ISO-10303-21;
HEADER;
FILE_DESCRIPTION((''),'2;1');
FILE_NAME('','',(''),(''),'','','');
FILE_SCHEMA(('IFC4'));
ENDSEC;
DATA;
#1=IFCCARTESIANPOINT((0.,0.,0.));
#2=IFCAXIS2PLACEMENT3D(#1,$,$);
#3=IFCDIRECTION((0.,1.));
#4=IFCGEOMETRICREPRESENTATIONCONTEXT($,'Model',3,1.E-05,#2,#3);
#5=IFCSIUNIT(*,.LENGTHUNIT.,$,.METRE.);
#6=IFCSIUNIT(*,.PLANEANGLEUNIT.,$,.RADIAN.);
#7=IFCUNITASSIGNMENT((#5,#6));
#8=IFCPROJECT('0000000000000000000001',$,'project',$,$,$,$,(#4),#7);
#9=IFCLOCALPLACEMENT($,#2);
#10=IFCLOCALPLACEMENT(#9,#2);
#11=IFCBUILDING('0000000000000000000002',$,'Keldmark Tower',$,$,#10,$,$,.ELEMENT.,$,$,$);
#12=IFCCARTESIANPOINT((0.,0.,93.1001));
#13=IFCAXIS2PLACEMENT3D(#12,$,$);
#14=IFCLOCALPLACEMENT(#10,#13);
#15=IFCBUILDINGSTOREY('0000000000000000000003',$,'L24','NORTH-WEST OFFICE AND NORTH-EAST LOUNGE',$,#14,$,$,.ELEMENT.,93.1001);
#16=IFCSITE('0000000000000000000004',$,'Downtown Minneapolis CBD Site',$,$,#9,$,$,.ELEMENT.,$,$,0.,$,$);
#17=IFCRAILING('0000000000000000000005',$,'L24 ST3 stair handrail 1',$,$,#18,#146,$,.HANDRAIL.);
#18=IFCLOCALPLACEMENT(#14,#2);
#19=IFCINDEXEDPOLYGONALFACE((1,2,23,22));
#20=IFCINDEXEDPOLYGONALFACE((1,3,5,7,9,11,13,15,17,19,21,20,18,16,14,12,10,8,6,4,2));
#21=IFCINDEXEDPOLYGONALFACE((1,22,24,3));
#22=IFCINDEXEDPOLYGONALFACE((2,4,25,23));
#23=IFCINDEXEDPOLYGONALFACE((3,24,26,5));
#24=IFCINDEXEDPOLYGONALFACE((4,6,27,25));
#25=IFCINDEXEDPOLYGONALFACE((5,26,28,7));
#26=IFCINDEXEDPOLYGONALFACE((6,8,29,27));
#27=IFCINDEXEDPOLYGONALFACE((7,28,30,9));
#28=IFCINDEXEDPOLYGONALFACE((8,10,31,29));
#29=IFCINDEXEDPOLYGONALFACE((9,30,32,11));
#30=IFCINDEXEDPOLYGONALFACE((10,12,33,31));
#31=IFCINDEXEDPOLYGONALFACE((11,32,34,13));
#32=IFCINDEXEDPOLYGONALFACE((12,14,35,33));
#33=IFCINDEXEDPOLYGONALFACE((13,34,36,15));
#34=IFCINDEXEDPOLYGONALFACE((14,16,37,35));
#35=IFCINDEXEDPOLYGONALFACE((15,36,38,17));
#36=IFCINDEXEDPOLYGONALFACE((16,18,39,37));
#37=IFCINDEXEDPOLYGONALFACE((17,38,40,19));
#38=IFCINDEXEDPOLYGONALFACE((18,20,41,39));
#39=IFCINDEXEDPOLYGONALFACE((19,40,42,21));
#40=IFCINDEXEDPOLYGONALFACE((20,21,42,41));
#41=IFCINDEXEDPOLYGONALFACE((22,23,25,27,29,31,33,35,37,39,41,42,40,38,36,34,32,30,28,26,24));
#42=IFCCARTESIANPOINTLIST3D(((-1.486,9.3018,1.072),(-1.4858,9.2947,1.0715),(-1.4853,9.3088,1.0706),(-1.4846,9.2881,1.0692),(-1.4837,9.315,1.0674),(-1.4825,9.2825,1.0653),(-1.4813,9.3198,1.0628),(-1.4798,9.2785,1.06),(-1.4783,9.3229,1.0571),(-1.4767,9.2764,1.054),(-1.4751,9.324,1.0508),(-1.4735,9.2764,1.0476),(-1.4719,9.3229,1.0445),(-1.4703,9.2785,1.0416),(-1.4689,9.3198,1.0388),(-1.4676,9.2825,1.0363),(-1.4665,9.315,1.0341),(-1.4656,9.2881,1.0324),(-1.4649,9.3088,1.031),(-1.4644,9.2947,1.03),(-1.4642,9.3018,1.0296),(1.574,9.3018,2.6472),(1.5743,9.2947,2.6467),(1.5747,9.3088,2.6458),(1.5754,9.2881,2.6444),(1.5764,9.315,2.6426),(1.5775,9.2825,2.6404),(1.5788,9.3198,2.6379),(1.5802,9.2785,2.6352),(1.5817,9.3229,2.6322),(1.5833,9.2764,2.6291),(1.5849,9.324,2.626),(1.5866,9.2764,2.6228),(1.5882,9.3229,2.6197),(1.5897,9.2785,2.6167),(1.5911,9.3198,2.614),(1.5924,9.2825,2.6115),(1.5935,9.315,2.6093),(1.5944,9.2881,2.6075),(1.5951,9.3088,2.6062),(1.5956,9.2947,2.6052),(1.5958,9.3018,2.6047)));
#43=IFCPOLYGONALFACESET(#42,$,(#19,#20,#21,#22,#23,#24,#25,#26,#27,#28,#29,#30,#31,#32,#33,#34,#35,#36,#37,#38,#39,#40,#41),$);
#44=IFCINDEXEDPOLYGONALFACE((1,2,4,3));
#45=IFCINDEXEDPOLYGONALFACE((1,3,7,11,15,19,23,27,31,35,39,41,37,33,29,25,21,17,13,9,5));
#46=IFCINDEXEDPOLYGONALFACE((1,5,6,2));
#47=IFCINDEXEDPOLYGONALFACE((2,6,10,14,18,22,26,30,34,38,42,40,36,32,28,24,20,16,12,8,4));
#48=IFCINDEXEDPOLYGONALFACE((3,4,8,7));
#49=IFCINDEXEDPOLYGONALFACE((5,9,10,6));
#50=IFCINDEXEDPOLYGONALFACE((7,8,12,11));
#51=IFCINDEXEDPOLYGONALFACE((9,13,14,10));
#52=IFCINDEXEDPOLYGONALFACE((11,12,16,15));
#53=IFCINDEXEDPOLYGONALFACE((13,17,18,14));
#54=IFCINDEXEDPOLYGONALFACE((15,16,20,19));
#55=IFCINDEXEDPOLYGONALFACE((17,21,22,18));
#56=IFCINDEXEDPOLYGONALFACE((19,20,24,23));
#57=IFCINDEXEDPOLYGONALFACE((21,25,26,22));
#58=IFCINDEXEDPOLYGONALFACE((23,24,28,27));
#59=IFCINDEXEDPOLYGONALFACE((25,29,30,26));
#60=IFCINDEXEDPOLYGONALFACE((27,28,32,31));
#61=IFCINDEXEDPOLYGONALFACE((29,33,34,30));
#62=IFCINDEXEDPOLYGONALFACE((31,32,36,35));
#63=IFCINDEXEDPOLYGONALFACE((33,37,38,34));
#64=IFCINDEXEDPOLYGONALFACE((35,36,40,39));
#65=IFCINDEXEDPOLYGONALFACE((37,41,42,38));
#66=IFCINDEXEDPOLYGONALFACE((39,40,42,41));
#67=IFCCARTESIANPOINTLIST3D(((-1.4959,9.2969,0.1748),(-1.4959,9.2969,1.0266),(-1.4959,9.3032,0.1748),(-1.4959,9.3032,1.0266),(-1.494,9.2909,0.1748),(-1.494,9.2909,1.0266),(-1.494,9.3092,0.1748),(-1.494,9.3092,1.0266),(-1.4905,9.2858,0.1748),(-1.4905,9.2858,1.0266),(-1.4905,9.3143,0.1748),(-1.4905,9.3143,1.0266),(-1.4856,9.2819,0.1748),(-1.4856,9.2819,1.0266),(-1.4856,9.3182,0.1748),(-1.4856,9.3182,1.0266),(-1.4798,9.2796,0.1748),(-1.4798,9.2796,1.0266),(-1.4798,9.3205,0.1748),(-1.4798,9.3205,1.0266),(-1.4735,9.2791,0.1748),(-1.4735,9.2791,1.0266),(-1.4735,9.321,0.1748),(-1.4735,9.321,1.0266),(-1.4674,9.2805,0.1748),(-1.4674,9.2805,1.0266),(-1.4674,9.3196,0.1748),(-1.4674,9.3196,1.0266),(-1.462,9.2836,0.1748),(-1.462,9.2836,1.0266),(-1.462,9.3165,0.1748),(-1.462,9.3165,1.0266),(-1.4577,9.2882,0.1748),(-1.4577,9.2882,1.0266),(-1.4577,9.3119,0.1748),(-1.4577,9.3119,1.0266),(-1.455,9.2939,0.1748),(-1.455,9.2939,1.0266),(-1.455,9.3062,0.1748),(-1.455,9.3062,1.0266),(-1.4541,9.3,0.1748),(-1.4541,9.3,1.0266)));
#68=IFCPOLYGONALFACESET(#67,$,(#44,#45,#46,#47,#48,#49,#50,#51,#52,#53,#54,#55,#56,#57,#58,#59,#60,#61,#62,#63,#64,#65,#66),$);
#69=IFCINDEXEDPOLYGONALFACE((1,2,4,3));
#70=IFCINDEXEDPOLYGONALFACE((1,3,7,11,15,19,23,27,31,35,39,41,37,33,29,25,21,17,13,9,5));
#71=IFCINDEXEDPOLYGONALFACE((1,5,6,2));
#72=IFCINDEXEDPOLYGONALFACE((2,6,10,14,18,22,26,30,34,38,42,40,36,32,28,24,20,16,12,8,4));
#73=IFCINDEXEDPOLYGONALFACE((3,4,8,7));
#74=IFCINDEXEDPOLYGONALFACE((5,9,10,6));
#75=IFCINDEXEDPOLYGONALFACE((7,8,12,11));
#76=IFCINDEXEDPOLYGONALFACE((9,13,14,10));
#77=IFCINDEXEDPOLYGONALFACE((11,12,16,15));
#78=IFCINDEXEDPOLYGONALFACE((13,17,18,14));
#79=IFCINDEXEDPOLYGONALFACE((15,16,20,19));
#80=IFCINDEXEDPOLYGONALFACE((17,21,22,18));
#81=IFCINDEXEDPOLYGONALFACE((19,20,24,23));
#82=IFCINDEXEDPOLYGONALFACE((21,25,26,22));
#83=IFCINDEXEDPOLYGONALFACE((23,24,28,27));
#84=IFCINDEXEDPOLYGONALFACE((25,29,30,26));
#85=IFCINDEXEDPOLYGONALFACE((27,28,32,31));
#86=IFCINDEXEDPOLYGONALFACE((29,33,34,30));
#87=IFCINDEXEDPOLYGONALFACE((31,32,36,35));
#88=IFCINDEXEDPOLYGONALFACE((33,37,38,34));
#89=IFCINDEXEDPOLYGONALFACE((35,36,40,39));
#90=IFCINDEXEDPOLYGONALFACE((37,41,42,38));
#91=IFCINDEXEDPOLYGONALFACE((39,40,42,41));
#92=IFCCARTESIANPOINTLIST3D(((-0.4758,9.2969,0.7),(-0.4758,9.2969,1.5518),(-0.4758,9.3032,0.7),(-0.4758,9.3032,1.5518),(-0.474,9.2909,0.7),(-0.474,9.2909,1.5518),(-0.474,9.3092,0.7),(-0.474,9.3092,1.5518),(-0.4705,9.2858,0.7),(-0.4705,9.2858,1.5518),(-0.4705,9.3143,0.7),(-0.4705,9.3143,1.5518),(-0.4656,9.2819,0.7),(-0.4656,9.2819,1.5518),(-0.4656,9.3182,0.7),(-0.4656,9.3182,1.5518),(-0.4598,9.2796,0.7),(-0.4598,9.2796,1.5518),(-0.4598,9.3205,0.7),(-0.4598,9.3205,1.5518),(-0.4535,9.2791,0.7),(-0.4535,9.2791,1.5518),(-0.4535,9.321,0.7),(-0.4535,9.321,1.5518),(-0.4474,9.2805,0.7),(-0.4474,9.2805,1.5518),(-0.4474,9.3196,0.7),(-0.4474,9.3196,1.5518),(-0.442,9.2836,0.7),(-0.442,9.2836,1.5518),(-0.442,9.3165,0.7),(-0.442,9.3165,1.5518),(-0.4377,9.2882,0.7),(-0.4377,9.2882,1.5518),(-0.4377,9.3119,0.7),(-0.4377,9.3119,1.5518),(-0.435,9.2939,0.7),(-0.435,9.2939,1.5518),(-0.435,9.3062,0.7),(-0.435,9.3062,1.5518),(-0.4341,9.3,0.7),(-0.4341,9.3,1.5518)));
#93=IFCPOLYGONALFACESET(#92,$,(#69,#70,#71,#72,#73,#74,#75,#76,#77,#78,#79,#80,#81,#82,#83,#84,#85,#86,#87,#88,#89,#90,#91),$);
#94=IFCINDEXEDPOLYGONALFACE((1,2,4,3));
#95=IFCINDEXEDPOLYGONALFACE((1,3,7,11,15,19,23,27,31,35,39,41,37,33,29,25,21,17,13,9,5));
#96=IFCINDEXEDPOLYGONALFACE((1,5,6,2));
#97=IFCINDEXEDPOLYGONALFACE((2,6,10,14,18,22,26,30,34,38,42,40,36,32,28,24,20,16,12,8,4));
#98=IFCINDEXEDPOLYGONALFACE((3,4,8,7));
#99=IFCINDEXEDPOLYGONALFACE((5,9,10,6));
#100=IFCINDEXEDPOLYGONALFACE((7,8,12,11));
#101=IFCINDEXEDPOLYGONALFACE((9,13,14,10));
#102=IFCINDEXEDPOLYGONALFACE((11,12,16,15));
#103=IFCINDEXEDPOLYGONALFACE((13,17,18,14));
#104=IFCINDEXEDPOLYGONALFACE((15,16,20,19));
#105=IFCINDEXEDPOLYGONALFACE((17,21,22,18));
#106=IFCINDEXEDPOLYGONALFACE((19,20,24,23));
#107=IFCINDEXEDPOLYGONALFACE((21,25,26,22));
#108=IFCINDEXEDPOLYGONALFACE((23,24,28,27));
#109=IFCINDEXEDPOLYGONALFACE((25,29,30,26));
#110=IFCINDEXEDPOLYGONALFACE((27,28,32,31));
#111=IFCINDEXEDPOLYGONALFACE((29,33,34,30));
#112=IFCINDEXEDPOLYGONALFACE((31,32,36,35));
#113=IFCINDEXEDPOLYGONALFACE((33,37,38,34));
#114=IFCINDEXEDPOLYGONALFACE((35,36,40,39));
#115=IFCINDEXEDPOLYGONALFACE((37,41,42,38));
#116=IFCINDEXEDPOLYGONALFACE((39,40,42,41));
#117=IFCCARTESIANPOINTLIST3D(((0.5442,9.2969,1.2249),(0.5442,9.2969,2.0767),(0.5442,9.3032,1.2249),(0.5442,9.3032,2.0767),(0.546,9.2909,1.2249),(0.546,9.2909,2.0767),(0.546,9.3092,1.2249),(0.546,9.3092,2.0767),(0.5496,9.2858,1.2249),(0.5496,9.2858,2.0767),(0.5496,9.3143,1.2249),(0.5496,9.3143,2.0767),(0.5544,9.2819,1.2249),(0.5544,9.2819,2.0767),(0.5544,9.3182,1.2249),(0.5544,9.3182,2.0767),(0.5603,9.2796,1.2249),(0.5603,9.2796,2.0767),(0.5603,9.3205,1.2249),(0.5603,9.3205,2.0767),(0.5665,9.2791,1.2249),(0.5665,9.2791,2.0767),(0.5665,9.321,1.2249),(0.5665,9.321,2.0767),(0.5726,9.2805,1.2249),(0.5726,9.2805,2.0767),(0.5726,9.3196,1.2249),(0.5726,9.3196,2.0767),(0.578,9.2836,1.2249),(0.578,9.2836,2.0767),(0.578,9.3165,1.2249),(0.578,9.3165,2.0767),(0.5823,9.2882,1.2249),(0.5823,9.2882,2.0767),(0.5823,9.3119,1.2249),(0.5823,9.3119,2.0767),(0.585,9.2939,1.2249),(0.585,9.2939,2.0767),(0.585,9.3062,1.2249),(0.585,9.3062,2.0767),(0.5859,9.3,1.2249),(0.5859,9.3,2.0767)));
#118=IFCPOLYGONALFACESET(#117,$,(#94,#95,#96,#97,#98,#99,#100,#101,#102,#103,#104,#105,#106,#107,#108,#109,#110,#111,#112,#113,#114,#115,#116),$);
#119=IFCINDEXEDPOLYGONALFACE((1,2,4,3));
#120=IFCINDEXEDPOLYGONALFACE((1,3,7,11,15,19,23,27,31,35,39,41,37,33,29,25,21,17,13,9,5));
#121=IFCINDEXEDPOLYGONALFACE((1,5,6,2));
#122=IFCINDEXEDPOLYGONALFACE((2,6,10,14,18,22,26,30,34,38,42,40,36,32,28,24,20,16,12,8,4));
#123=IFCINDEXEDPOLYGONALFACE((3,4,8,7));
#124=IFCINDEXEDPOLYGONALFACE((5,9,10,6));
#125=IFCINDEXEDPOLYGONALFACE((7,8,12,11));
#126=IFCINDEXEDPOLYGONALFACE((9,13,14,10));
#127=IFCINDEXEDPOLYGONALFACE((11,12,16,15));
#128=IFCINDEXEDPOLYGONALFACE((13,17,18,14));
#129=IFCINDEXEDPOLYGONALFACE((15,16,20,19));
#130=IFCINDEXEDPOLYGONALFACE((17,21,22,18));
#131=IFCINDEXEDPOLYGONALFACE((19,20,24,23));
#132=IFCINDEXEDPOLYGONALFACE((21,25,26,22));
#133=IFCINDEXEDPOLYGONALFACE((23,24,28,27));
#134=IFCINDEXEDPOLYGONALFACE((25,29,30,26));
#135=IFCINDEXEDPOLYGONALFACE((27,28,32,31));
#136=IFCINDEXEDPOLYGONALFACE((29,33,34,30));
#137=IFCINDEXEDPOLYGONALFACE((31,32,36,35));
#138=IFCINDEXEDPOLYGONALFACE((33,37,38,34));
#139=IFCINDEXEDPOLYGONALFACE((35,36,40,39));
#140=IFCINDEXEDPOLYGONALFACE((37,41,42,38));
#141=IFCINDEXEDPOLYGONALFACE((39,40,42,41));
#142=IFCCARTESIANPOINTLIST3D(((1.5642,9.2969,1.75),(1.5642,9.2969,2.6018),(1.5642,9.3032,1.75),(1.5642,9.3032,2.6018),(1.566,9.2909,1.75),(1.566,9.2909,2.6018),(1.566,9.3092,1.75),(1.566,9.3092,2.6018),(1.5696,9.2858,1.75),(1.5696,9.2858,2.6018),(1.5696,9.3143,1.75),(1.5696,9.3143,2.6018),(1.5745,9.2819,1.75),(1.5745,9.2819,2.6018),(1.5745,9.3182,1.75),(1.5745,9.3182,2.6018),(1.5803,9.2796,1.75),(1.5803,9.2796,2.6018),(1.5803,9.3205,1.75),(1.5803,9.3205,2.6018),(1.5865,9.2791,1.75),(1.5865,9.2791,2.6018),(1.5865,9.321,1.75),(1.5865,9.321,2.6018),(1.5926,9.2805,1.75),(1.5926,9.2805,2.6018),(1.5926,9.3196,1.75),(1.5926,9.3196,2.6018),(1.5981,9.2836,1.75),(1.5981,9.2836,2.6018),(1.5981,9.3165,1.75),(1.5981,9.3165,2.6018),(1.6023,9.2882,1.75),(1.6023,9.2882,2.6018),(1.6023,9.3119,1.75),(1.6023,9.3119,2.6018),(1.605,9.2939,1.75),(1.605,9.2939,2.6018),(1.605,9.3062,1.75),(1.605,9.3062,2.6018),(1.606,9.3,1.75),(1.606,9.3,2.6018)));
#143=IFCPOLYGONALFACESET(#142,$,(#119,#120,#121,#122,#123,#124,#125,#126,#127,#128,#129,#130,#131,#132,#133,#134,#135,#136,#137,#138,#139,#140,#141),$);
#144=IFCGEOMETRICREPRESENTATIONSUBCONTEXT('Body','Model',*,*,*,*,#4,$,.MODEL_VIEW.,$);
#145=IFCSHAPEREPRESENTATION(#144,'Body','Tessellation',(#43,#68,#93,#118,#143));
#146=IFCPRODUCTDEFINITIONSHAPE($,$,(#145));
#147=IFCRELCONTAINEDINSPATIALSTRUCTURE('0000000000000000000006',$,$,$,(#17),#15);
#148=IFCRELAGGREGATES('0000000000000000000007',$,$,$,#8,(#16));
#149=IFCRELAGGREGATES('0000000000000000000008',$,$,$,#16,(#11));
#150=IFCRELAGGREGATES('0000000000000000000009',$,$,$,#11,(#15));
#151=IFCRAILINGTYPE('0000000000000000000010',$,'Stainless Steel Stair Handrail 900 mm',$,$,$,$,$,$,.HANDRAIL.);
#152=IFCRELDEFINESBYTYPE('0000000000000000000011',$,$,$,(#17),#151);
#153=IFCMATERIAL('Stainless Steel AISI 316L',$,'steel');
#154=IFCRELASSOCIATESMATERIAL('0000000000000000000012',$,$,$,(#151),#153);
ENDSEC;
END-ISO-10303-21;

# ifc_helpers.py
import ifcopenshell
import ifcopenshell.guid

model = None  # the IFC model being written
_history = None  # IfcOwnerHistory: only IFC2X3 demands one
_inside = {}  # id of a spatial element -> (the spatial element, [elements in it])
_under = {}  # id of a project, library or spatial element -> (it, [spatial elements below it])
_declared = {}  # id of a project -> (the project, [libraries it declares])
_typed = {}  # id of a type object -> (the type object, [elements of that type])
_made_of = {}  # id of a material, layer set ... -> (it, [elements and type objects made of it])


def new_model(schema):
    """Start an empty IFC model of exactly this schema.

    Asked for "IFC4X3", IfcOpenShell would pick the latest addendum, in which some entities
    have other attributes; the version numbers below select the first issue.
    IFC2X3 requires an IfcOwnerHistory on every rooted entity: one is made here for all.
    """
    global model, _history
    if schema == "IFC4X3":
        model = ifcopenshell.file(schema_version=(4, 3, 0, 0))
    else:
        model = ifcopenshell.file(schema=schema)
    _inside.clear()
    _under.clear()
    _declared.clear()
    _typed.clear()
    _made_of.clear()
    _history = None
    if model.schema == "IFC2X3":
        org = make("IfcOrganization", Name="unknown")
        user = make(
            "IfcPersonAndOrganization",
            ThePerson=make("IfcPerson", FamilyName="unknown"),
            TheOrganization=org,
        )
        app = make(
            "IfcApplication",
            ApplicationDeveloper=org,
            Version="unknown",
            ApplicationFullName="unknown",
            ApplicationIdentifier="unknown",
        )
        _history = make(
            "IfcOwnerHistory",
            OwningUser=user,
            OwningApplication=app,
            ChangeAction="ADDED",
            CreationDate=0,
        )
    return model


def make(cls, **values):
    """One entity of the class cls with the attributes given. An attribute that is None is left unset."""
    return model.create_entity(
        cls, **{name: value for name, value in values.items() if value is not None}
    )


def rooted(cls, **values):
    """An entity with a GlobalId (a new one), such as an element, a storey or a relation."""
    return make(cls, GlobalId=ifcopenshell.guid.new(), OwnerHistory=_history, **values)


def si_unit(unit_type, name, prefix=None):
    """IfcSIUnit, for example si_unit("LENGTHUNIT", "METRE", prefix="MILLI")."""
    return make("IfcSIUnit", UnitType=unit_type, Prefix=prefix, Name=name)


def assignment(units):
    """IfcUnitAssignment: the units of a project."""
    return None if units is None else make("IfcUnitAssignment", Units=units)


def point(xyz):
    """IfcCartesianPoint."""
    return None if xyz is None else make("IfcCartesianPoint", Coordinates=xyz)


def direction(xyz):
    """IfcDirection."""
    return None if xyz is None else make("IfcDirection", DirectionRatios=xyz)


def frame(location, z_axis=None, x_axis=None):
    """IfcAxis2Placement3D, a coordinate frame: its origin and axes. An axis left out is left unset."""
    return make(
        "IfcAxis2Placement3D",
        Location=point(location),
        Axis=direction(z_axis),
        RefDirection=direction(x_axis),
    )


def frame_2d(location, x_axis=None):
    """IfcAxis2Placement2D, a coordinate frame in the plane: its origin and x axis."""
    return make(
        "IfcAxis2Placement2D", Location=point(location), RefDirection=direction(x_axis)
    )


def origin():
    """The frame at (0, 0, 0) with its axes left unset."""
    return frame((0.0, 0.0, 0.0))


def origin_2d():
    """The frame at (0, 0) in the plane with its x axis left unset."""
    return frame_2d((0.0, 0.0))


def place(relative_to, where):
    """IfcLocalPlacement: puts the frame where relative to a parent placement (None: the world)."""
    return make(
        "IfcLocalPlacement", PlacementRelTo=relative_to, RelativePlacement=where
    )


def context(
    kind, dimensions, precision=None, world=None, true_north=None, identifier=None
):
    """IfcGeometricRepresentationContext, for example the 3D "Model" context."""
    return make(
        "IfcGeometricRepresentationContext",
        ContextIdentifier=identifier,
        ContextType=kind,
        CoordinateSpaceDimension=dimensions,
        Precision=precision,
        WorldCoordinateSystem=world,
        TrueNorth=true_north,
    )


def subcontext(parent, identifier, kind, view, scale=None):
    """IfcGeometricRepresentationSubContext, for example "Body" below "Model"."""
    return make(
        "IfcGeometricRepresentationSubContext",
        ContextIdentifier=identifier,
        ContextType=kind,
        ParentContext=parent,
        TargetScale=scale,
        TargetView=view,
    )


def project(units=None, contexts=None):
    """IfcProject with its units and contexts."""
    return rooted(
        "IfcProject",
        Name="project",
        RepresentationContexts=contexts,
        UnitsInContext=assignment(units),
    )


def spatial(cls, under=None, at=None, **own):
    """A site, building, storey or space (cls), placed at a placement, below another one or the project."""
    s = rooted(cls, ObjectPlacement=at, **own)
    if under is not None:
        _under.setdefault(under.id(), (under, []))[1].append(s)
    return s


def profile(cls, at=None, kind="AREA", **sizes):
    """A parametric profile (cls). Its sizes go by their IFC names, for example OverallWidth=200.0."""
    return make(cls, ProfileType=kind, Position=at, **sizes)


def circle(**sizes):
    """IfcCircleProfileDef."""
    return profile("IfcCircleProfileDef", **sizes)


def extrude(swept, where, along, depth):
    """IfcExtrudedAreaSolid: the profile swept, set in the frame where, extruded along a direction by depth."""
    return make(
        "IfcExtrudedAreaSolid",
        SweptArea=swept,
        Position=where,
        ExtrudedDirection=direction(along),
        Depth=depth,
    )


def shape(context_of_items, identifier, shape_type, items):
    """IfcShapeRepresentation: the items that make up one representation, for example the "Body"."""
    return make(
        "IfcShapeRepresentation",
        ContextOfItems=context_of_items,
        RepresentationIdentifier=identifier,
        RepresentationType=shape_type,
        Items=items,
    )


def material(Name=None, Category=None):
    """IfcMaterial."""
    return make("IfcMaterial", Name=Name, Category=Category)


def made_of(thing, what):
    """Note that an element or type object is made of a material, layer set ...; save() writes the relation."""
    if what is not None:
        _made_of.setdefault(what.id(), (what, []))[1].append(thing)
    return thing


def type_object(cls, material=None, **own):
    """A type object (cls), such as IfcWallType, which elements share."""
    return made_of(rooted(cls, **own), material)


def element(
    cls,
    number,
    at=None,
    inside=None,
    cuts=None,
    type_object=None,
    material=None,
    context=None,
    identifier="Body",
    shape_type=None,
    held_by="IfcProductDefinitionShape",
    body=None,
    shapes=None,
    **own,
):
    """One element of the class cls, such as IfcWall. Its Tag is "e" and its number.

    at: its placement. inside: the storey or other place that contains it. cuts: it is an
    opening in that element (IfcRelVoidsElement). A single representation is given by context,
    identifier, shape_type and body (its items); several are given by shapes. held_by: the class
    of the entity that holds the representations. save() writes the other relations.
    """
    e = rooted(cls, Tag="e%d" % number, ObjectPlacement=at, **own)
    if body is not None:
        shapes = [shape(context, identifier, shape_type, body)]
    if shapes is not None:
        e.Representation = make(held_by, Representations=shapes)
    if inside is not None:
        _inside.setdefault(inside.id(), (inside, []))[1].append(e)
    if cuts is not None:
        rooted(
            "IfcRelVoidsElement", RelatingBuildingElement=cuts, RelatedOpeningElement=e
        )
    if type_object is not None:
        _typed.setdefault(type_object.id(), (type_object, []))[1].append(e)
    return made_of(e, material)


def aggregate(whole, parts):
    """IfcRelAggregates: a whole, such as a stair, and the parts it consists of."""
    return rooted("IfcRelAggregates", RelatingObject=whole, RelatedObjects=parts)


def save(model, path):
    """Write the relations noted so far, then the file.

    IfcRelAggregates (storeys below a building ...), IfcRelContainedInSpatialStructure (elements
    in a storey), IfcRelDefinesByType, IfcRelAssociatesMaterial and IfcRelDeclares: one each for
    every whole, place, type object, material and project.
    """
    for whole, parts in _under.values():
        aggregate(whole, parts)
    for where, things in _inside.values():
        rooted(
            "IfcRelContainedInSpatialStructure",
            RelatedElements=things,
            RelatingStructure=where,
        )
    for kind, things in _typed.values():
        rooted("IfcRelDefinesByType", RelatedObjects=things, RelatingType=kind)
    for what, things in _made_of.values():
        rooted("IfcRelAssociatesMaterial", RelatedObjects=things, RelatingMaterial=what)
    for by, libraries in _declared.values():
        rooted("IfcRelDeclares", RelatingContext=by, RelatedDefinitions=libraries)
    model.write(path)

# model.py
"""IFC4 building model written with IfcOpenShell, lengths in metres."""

from ifc_helpers import new_model, si_unit, direction, frame, origin, origin_2d, place, context, subcontext, project, spatial, circle, extrude, material, type_object, element, save


model = new_model("IFC4")

# Units and contexts
model_context = context("Model", 3, precision=1e-05, world=origin(), true_north=direction((0.0, 1.0)))
body_context = subcontext(model_context, "Body", "Model", "MODEL_VIEW")
ifc_project = project(units=[si_unit("LENGTHUNIT", "METRE"), si_unit("PLANEANGLEUNIT", "RADIAN")], contexts=[model_context])

# Site, building, storey
site_placement = place(None, origin())
site = spatial("IfcSite", under=ifc_project, at=site_placement, Name="Downtown Minneapolis CBD Site", CompositionType="ELEMENT", RefElevation=0.0)
building_placement = place(site_placement, origin())
building = spatial("IfcBuilding", under=site, at=building_placement, Name="Keldmark Tower", CompositionType="ELEMENT")
storey_placement = place(building_placement, frame((0.0, 0.0, 93.1001)))
storey = spatial("IfcBuildingStorey", under=building, at=storey_placement, Name="L24", Description="NORTH-WEST OFFICE AND NORTH-EAST LOUNGE", CompositionType="ELEMENT", Elevation=93.1001)

# Railing
ifc_material_1 = material(Name="Stainless Steel AISI 316L", Category="steel")
railing_type_1 = type_object("IfcRailingType", Name="Stainless Steel Stair Handrail 900 mm", PredefinedType="HANDRAIL", material=ifc_material_1)
railing_1_placement = place(storey_placement, frame((-1.4751, 9.3, 0.1748)))
element("IfcRailing", 1, at=railing_1_placement, inside=storey, type_object=railing_type_1, Name="L24 ST3 stair handrail 1", PredefinedType="HANDRAIL", context=body_context, shape_type="SweptSolid", body=[
    extrude(circle(Radius=0.0239, at=origin_2d()), frame((0.0, 0.0, 0.876), z_axis=(0.889116, 0.0, 0.457681), x_axis=(0.0, 1.0, 0.0)), (0.0, 0.0, 1.0), 3.4417),
    extrude(circle(Radius=0.021, at=origin_2d()), origin(), (0.0, 0.0, 1.0), 0.8518),
    extrude(circle(Radius=0.021, at=origin_2d()), frame((1.02, 0.0, 0.5251)), (0.0, 0.0, 1.0), 0.8518),
    extrude(circle(Radius=0.021, at=origin_2d()), frame((2.04, 0.0, 1.05)), (0.0, 0.0, 1.0), 0.8518),
    extrude(circle(Radius=0.021, at=origin_2d()), frame((3.0601, 0.0, 1.5752)), (0.0, 0.0, 1.0), 0.8518),
])

save(model, "model.ifc")
